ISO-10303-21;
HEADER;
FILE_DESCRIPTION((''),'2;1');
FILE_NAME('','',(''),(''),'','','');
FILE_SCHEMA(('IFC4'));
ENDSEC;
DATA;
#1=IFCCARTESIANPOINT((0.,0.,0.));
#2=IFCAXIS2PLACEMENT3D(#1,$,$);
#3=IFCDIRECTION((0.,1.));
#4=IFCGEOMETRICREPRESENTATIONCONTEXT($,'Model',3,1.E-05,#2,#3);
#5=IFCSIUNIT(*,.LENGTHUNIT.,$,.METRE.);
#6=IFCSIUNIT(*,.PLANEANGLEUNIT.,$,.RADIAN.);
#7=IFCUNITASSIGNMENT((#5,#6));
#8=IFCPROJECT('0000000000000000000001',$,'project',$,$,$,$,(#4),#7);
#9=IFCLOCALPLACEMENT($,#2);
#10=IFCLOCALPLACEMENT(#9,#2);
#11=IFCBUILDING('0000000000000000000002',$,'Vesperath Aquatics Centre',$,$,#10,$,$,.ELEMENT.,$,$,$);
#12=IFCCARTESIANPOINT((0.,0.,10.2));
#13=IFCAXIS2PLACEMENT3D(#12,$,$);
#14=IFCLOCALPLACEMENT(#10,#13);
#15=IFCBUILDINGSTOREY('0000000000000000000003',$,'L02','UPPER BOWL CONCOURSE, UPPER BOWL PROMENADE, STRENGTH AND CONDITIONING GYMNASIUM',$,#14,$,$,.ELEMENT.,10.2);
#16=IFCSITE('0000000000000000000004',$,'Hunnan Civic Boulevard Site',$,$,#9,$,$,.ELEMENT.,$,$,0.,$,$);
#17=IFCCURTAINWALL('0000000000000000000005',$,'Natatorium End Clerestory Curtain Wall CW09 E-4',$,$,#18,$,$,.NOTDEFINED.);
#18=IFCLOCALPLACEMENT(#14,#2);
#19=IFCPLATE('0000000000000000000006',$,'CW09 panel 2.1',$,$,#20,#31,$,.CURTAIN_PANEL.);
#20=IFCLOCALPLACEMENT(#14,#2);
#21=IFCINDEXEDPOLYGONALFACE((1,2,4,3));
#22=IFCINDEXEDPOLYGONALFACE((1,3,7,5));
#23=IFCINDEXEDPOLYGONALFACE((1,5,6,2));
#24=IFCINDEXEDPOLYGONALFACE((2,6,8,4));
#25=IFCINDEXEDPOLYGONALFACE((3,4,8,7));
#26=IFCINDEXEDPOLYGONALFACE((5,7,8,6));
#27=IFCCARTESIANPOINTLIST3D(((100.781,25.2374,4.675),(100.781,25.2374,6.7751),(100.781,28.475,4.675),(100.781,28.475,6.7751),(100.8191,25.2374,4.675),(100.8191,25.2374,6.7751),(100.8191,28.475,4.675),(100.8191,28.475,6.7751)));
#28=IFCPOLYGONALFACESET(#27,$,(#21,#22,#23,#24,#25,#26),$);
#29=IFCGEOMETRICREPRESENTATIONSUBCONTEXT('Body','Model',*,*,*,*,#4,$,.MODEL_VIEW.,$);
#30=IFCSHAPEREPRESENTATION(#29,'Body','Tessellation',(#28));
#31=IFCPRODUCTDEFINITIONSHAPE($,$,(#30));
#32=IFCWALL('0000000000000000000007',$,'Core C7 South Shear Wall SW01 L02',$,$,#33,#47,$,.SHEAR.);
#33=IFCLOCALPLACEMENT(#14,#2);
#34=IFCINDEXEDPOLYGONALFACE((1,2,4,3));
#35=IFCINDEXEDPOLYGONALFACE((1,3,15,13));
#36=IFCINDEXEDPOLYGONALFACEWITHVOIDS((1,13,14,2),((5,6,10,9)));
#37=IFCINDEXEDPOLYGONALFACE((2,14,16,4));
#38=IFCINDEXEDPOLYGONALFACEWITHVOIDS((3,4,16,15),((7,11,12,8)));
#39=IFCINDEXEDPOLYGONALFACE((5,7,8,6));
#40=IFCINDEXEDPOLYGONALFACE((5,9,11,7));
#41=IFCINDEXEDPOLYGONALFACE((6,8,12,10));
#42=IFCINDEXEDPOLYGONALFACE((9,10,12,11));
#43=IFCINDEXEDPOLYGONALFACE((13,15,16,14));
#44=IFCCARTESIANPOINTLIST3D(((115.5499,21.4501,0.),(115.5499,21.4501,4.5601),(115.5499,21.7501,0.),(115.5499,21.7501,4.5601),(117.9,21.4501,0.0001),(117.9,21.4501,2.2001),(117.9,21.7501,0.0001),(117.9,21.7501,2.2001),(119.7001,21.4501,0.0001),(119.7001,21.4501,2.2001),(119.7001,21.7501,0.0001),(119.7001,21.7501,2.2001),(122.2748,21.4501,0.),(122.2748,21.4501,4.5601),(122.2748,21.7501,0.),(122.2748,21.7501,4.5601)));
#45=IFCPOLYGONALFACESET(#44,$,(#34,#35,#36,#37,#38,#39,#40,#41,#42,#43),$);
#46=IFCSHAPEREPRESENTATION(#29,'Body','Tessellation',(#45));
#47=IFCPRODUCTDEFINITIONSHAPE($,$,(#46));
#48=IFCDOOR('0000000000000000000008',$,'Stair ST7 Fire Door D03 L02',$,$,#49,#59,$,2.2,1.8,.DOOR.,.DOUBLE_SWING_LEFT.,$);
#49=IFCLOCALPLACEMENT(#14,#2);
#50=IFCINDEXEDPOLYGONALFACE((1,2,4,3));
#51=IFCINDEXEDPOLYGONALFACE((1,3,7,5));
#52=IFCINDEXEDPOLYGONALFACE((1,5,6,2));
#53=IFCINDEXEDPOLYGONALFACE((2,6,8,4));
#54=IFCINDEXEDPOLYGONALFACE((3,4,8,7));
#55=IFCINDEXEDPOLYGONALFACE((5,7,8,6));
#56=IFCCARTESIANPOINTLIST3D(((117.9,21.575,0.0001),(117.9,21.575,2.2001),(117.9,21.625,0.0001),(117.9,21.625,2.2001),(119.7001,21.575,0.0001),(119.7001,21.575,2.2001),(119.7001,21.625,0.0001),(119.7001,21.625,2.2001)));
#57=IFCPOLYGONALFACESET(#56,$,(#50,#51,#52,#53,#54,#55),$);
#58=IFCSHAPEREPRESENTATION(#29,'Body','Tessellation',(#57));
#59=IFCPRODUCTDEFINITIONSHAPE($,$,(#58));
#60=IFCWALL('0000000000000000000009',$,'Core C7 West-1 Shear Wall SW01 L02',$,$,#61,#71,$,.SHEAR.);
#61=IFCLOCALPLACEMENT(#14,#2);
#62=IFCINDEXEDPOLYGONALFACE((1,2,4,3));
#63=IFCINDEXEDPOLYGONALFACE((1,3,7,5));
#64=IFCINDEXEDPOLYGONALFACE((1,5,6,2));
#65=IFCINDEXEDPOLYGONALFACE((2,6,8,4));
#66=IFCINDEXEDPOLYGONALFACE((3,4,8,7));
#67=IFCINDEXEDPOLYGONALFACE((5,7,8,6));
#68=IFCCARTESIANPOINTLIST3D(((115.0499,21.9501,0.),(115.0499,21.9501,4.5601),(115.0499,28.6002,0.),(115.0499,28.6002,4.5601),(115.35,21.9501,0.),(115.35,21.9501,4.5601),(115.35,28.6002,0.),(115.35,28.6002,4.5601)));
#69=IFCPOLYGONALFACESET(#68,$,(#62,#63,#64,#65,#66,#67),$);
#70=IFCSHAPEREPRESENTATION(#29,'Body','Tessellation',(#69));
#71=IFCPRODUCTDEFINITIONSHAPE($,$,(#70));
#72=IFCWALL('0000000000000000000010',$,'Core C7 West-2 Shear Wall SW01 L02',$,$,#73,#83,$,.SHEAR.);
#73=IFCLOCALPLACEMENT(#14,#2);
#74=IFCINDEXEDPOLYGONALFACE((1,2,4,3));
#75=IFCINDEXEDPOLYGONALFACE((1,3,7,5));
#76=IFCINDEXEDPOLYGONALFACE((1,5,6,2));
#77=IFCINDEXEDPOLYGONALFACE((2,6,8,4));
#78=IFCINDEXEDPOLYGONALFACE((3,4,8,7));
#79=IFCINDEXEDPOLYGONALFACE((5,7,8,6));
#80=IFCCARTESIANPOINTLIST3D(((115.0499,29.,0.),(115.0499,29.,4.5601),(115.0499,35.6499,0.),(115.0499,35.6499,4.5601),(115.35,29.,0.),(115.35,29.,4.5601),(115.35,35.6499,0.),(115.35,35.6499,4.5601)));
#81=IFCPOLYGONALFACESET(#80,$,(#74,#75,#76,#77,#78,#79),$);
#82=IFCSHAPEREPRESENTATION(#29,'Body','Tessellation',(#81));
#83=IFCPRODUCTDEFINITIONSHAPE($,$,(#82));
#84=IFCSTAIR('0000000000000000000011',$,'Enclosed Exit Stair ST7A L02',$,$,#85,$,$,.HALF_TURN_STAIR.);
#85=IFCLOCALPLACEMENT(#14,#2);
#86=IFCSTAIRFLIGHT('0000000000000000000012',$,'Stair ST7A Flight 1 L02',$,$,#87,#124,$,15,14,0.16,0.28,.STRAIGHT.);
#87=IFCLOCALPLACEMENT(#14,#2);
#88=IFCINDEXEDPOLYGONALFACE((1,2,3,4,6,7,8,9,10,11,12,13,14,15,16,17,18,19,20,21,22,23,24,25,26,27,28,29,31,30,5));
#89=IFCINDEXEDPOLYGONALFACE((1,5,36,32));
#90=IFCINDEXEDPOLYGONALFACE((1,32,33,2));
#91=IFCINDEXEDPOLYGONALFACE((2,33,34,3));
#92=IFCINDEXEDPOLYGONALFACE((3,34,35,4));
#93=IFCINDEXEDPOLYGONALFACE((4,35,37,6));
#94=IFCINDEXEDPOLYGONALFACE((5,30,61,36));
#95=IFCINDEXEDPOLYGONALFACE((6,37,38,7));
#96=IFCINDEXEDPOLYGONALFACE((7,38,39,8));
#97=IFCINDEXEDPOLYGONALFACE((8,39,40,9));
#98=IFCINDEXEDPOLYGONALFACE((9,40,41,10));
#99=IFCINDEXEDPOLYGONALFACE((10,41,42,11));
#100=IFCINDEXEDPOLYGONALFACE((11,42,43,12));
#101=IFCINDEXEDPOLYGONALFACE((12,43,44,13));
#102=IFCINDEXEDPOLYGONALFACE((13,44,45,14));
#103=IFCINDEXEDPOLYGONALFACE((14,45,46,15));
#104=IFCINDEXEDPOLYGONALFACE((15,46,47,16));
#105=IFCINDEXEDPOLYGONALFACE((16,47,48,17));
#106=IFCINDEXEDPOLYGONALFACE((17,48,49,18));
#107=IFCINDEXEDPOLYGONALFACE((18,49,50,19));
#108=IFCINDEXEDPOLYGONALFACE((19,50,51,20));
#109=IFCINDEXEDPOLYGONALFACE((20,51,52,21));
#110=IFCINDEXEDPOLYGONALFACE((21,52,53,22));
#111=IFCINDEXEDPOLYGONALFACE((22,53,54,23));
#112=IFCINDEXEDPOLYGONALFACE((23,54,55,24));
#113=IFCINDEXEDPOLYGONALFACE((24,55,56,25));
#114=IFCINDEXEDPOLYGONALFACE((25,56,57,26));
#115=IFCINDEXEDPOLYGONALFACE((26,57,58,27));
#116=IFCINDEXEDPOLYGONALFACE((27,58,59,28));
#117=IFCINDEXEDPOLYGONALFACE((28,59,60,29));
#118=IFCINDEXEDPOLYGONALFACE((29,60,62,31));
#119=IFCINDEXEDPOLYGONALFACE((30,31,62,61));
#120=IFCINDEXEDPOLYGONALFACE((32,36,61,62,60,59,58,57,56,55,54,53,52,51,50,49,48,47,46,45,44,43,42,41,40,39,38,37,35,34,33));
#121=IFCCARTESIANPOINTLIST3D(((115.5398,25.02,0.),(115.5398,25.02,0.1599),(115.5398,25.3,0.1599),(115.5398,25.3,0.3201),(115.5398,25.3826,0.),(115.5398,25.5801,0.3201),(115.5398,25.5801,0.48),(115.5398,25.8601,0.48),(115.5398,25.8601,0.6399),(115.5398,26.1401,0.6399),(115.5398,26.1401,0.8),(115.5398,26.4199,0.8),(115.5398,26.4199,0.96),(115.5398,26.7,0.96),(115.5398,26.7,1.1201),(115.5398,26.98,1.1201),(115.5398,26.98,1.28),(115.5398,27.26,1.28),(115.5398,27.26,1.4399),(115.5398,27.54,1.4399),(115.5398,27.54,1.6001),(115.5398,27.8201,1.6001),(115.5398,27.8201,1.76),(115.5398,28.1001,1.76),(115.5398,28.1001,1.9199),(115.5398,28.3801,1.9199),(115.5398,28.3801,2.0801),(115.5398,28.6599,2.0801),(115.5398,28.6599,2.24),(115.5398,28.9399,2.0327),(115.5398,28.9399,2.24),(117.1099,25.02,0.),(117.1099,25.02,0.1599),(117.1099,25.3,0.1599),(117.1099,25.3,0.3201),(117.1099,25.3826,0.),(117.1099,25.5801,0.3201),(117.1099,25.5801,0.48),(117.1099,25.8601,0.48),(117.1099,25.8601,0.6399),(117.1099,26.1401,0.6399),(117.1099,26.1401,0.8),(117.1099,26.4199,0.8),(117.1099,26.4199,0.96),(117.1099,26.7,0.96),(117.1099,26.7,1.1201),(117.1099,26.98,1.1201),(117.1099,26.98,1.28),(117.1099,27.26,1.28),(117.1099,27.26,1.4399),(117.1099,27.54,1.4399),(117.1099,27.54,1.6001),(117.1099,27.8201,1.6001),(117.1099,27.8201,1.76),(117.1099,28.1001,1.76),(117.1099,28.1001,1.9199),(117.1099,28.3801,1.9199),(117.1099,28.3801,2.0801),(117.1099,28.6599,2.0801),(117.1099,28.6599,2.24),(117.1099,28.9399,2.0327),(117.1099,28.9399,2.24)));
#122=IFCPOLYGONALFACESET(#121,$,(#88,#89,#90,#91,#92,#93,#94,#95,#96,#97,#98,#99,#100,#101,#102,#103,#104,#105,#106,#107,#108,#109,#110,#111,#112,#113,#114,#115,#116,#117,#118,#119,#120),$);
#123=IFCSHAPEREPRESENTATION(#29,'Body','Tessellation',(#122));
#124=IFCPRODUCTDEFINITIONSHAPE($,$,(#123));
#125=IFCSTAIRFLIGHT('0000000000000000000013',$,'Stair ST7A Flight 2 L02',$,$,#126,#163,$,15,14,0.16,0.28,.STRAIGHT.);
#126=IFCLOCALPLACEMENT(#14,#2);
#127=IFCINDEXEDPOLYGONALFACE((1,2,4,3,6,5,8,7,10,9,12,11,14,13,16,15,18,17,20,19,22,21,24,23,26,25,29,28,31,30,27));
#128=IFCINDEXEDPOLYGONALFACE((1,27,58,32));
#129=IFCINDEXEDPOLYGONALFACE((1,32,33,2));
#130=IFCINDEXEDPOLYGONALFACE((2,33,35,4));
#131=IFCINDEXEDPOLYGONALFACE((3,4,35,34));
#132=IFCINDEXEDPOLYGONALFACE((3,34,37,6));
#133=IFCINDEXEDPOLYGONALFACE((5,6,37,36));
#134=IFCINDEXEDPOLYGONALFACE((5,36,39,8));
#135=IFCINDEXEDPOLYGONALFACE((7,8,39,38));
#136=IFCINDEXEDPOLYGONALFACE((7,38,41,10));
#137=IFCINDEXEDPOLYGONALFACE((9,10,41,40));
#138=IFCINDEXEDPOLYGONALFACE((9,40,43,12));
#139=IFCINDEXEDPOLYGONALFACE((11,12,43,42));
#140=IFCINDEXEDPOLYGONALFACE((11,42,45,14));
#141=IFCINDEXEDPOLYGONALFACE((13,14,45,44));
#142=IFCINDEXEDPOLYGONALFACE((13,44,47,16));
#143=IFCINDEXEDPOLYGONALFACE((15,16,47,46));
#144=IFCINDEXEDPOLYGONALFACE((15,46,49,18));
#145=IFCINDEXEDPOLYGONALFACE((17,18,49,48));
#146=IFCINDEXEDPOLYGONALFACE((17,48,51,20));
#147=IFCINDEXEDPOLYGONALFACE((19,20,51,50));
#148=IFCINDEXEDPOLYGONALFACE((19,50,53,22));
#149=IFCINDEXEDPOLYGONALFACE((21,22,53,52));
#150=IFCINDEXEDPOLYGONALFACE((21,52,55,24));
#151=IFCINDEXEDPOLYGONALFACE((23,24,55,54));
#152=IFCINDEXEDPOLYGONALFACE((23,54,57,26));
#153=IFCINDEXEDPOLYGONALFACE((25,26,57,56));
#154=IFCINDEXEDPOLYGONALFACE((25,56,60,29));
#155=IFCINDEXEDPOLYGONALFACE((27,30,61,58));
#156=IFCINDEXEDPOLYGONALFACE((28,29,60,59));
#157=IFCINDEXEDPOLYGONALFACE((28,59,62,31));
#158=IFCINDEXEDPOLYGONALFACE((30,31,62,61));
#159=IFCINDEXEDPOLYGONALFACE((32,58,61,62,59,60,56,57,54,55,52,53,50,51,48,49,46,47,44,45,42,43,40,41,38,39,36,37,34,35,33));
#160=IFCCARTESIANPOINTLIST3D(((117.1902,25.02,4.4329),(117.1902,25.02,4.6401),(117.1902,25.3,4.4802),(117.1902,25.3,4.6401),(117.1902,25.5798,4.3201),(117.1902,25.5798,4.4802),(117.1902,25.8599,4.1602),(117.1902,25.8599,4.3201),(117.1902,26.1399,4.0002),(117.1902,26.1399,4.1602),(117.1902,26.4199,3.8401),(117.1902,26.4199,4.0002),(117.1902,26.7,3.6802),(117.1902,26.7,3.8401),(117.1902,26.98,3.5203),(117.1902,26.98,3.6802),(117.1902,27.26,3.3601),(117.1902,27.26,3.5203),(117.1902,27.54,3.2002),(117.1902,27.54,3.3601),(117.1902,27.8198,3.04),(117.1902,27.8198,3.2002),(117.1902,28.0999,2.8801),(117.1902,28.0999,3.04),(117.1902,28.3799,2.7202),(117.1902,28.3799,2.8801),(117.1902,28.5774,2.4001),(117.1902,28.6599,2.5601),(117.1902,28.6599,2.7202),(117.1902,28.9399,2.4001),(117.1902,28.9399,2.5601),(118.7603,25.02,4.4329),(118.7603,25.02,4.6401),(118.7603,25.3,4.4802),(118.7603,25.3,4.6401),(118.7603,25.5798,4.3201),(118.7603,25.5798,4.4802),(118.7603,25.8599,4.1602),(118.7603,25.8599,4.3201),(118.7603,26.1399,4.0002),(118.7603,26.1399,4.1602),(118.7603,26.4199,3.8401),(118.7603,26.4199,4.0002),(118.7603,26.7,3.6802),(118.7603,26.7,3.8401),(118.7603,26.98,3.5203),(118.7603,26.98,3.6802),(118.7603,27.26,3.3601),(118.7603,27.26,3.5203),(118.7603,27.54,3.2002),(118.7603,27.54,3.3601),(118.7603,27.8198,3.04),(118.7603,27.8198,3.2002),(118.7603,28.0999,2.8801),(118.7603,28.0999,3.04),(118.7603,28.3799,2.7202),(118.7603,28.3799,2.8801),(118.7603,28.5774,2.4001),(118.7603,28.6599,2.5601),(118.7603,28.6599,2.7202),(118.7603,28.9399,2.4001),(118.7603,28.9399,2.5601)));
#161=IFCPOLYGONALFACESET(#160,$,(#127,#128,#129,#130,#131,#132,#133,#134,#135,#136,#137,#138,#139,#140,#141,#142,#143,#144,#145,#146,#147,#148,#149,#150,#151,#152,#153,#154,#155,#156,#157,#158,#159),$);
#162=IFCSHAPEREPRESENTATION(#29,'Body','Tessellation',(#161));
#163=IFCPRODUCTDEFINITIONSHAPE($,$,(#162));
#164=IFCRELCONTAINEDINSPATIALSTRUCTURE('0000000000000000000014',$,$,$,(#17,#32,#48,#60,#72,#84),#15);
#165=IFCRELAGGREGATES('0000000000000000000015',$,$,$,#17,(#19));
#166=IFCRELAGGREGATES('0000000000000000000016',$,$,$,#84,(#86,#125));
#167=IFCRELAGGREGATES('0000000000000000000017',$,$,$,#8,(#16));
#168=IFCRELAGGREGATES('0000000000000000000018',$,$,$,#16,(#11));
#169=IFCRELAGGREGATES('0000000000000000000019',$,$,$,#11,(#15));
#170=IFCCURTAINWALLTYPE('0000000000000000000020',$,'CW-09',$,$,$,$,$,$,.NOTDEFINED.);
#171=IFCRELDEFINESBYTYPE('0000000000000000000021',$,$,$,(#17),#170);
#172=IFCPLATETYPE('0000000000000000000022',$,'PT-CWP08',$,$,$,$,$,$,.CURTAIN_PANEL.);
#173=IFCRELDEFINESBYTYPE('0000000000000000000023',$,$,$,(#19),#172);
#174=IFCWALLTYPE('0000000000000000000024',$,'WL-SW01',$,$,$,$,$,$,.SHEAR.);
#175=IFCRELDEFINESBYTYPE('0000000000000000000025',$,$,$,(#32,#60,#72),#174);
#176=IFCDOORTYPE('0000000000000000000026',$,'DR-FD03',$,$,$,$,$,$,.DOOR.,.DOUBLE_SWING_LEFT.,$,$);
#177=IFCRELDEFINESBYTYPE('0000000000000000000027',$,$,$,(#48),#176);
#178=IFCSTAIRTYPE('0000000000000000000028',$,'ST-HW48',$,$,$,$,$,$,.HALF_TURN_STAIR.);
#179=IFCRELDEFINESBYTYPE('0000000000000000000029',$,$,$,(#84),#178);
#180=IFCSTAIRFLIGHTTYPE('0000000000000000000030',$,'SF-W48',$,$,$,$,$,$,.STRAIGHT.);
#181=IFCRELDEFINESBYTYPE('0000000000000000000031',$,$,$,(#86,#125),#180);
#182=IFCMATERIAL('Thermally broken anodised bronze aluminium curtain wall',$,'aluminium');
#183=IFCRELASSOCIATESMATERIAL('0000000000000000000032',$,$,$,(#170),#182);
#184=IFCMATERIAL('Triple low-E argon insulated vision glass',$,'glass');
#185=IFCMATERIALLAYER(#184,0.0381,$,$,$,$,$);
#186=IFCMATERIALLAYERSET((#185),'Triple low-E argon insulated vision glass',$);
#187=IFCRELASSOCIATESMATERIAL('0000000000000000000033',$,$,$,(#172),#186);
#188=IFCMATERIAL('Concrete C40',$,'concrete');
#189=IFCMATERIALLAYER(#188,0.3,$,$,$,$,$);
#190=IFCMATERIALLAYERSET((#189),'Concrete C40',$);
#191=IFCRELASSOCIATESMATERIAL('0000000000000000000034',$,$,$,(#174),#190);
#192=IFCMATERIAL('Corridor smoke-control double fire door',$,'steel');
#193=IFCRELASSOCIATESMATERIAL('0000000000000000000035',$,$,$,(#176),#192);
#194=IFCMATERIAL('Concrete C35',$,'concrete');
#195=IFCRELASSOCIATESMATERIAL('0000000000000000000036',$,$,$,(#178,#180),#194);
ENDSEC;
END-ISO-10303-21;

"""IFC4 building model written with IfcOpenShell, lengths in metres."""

from ifc_helpers import new_model, si_unit, direction, frame, frame_2d, origin, origin_2d, place, context, subcontext, project, spatial, polyline, rectangle, outline, extrude, material, layer, layer_set, type_object, element, fill, aggregate, save


model = new_model("IFC4")

# Units and contexts
model_context = context("Model", 3, precision=1e-05, world=origin(), true_north=direction((0.0, 1.0)))
body_context = subcontext(model_context, "Body", "Model", "MODEL_VIEW")
ifc_project = project(units=[si_unit("LENGTHUNIT", "METRE"), si_unit("PLANEANGLEUNIT", "RADIAN")], contexts=[model_context])

# Site, building, storey
site_placement = place(None, origin())
site = spatial("IfcSite", under=ifc_project, at=site_placement, Name="Hunnan Civic Boulevard Site", CompositionType="ELEMENT", RefElevation=0.0)
building_placement = place(site_placement, origin())
building = spatial("IfcBuilding", under=site, at=building_placement, Name="Vesperath Aquatics Centre", CompositionType="ELEMENT")
storey_placement = place(building_placement, frame((0.0, 0.0, 10.2)))
storey = spatial("IfcBuildingStorey", under=building, at=storey_placement, Name="L02", Description="UPPER BOWL CONCOURSE, UPPER BOWL PROMENADE, STRENGTH AND CONDITIONING GYMNASIUM", CompositionType="ELEMENT", Elevation=10.2)

# Shared definitions
ifc_material_1 = material(Name="Concrete C40", Category="concrete")

# Shared definitions
ifc_material_2 = material(Name="Concrete C35", Category="concrete")

# Curtain wall, plate
ifc_material_3 = material(Name="Thermally broken anodised bronze aluminium curtain wall", Category="aluminium")
curtain_wall_type = type_object("IfcCurtainWallType", Name="CW-09", PredefinedType="NOTDEFINED", material=ifc_material_3)
curtain_wall_placement = place(storey_placement, origin())
curtain_wall = element("IfcCurtainWall", 1, at=curtain_wall_placement, inside=storey, type_object=curtain_wall_type, Name="Natatorium End Clerestory Curtain Wall CW09 E-4", PredefinedType="NOTDEFINED")
ifc_material_4 = material(Name="Triple low-E argon insulated vision glass", Category="glass")
ifc_layer_1 = layer(ifc_material_4, 0.0381)
ifc_layer_set_1 = layer_set([ifc_layer_1], Name="Triple low-E argon insulated vision glass")
plate_type = type_object("IfcPlateType", Name="PT-CWP08", PredefinedType="CURTAIN_PANEL", material=ifc_layer_set_1)
plate_1_placement = place(storey_placement, frame((100.8, 26.8562, 4.675), z_axis=(0.0, 0.0, 1.0), x_axis=(0.0, 1.0, 0.0)))
plate_1 = element("IfcPlate", 2, at=plate_1_placement, type_object=plate_type, Name="CW09 panel 2.1", PredefinedType="CURTAIN_PANEL", context=body_context, shape_type="SweptSolid", body=[
    extrude(rectangle(XDim=3.2375, YDim=0.0381, at=origin_2d()), origin(), (0.0, 0.0, 1.0), 2.1001),
])
aggregate(curtain_wall, [plate_1])

# Wall, opening, door
ifc_layer_2 = layer(ifc_material_1, 0.3)
ifc_layer_set_2 = layer_set([ifc_layer_2], Name="Concrete C40")
wall_type = type_object("IfcWallType", Name="WL-SW01", PredefinedType="SHEAR", material=ifc_layer_set_2)
wall_1_placement = place(storey_placement, frame((115.55, 21.6001, 0.0), z_axis=(0.0, 0.0, 1.0), x_axis=(1.0, 0.0, 0.0)))
wall_1 = element("IfcWall", 3, at=wall_1_placement, inside=storey, type_object=wall_type, Name="Core C7 South Shear Wall SW01 L02", PredefinedType="SHEAR", context=body_context, shape_type="SweptSolid", body=[
    extrude(rectangle(XDim=6.7249, YDim=0.3, at=frame_2d((3.3623, 0.0))), origin(), (0.0, 0.0, 1.0), 4.5601),
])
opening_placement = place(wall_1_placement, frame((2.3501, 0.0, 0.0)))
opening = element("IfcOpeningElement", 4, at=opening_placement, cuts=wall_1, PredefinedType="OPENING", context=body_context, shape_type="SweptSolid", body=[
    extrude(rectangle(XDim=1.8, YDim=2.2, at=frame_2d((0.8999, 1.1001))), frame((0.0, 0.165, 0.0), z_axis=(0.0, -1.0, 0.0), x_axis=(1.0, 0.0, 0.0)), (0.0, 0.0, 1.0), 0.3298),
])
ifc_material_5 = material(Name="Corridor smoke-control double fire door", Category="steel")
door_type = type_object("IfcDoorType", Name="DR-FD03", OperationType="DOUBLE_SWING_LEFT", PredefinedType="DOOR", material=ifc_material_5)
door_placement = place(opening_placement, origin())
door = element("IfcDoor", 5, at=door_placement, inside=storey, type_object=door_type, Name="Stair ST7 Fire Door D03 L02", OperationType="DOUBLE_SWING_LEFT", OverallHeight=2.2, OverallWidth=1.8, PredefinedType="DOOR", context=body_context, shape_type="SweptSolid", body=[
    extrude(rectangle(XDim=1.8, YDim=2.2, at=frame_2d((0.8999, 1.1001))), frame((0.0, 0.0249, 0.0), z_axis=(0.0, -1.0, 0.0), x_axis=(1.0, 0.0, 0.0)), (0.0, 0.0, 1.0), 0.05),
])
fill(opening, door)

# Walls
wall_2_placement = place(storey_placement, frame((115.2, 21.95, 0.0), z_axis=(0.0, 0.0, 1.0), x_axis=(0.0, 1.0, 0.0)))
element("IfcWall", 6, at=wall_2_placement, inside=storey, type_object=wall_type, Name="Core C7 West-1 Shear Wall SW01 L02", PredefinedType="SHEAR", context=body_context, shape_type="SweptSolid", body=[
    extrude(rectangle(XDim=6.6501, YDim=0.3, at=frame_2d((3.3252, 0.0))), origin(), (0.0, 0.0, 1.0), 4.5601),
])
wall_3_placement = place(storey_placement, frame((115.2, 29.0, 0.0), z_axis=(0.0, 0.0, 1.0), x_axis=(0.0, 1.0, 0.0)))
element("IfcWall", 7, at=wall_3_placement, inside=storey, type_object=wall_type, Name="Core C7 West-2 Shear Wall SW01 L02", PredefinedType="SHEAR", context=body_context, shape_type="SweptSolid", body=[
    extrude(rectangle(XDim=6.6499, YDim=0.3, at=frame_2d((3.325, 0.0))), origin(), (0.0, 0.0, 1.0), 4.5601),
])

# Stair, stair flights
stair_type = type_object("IfcStairType", Name="ST-HW48", PredefinedType="HALF_TURN_STAIR", material=ifc_material_2)
stair_placement = place(storey_placement, origin())
stair = element("IfcStair", 8, at=stair_placement, inside=storey, type_object=stair_type, Name="Enclosed Exit Stair ST7A L02", PredefinedType="HALF_TURN_STAIR")
stair_flight_type = type_object("IfcStairFlightType", Name="SF-W48", PredefinedType="STRAIGHT", material=ifc_material_2)
stair_flight_1_placement = place(storey_placement, frame((116.325, 25.02, 0.0), z_axis=(0.0, 0.0, 1.0), x_axis=(0.0, 1.0, 0.0)))
stair_flight_1 = element("IfcStairFlight", 9, at=stair_flight_1_placement, type_object=stair_flight_type, Name="Stair ST7A Flight 1 L02", NumberOfRisers=15, NumberOfTreads=14, PredefinedType="STRAIGHT", RiserHeight=0.16, TreadLength=0.28, context=body_context, shape_type="SweptSolid", body=[
    extrude(outline(polyline([(0.0, 0.0), (0.0, 0.1599), (0.28, 0.1599), (0.28, 0.3201), (0.5601, 0.3201), (0.5601, 0.48), (0.8401, 0.48), (0.8401, 0.6399), (1.1201, 0.6399), (1.1201, 0.8), (1.3999, 0.8), (1.3999, 0.96), (1.6799, 0.96), (1.6799, 1.1201), (1.96, 1.1201), (1.96, 1.28), (2.24, 1.28), (2.24, 1.4399), (2.52, 1.4399), (2.52, 1.6001), (2.8, 1.6001), (2.8, 1.76), (3.0801, 1.76), (3.0801, 1.9199), (3.3601, 1.9199), (3.3601, 2.0801), (3.6399, 2.0801), (3.6399, 2.24), (3.9199, 2.24), (3.9199, 2.3999), (3.9199, 2.0327), (0.3625, 0.0), (0.0, 0.0)])), frame((0.0, 0.7852, 0.0), z_axis=(0.0, -1.0, 0.0), x_axis=(1.0, 0.0, 0.0)), (0.0, 0.0, 1.0), 1.5701),
])
stair_flight_2_placement = place(storey_placement, frame((117.9751, 28.9399, 2.4001), z_axis=(0.0, 0.0, 1.0), x_axis=(0.0, -1.0, 0.0)))
stair_flight_2 = element("IfcStairFlight", 10, at=stair_flight_2_placement, type_object=stair_flight_type, Name="Stair ST7A Flight 2 L02", NumberOfRisers=15, NumberOfTreads=14, PredefinedType="STRAIGHT", RiserHeight=0.16, TreadLength=0.28, context=body_context, shape_type="SweptSolid", body=[
    extrude(outline(polyline([(0.0, 0.0), (0.0, 0.1599), (0.28, 0.1599), (0.28, 0.3201), (0.5601, 0.3201), (0.5601, 0.48), (0.8401, 0.48), (0.8401, 0.6399), (1.1201, 0.6399), (1.1201, 0.8), (1.3999, 0.8), (1.3999, 0.96), (1.6799, 0.96), (1.6799, 1.1201), (1.96, 1.1201), (1.96, 1.28), (2.24, 1.28), (2.24, 1.4399), (2.52, 1.4399), (2.52, 1.6001), (2.8, 1.6001), (2.8, 1.76), (3.0801, 1.76), (3.0801, 1.9199), (3.3601, 1.9199), (3.3601, 2.0801), (3.6399, 2.0801), (3.6399, 2.24), (3.9199, 2.24), (3.9199, 2.3999), (3.9199, 2.0327), (0.3625, 0.0), (0.0, 0.0)])), frame((0.0, 0.7852, 0.0), z_axis=(0.0, -1.0, 0.0), x_axis=(1.0, 0.0, 0.0)), (0.0, 0.0, 1.0), 1.5701),
])
aggregate(stair, [stair_flight_1, stair_flight_2])

save(model, "model.ifc")
